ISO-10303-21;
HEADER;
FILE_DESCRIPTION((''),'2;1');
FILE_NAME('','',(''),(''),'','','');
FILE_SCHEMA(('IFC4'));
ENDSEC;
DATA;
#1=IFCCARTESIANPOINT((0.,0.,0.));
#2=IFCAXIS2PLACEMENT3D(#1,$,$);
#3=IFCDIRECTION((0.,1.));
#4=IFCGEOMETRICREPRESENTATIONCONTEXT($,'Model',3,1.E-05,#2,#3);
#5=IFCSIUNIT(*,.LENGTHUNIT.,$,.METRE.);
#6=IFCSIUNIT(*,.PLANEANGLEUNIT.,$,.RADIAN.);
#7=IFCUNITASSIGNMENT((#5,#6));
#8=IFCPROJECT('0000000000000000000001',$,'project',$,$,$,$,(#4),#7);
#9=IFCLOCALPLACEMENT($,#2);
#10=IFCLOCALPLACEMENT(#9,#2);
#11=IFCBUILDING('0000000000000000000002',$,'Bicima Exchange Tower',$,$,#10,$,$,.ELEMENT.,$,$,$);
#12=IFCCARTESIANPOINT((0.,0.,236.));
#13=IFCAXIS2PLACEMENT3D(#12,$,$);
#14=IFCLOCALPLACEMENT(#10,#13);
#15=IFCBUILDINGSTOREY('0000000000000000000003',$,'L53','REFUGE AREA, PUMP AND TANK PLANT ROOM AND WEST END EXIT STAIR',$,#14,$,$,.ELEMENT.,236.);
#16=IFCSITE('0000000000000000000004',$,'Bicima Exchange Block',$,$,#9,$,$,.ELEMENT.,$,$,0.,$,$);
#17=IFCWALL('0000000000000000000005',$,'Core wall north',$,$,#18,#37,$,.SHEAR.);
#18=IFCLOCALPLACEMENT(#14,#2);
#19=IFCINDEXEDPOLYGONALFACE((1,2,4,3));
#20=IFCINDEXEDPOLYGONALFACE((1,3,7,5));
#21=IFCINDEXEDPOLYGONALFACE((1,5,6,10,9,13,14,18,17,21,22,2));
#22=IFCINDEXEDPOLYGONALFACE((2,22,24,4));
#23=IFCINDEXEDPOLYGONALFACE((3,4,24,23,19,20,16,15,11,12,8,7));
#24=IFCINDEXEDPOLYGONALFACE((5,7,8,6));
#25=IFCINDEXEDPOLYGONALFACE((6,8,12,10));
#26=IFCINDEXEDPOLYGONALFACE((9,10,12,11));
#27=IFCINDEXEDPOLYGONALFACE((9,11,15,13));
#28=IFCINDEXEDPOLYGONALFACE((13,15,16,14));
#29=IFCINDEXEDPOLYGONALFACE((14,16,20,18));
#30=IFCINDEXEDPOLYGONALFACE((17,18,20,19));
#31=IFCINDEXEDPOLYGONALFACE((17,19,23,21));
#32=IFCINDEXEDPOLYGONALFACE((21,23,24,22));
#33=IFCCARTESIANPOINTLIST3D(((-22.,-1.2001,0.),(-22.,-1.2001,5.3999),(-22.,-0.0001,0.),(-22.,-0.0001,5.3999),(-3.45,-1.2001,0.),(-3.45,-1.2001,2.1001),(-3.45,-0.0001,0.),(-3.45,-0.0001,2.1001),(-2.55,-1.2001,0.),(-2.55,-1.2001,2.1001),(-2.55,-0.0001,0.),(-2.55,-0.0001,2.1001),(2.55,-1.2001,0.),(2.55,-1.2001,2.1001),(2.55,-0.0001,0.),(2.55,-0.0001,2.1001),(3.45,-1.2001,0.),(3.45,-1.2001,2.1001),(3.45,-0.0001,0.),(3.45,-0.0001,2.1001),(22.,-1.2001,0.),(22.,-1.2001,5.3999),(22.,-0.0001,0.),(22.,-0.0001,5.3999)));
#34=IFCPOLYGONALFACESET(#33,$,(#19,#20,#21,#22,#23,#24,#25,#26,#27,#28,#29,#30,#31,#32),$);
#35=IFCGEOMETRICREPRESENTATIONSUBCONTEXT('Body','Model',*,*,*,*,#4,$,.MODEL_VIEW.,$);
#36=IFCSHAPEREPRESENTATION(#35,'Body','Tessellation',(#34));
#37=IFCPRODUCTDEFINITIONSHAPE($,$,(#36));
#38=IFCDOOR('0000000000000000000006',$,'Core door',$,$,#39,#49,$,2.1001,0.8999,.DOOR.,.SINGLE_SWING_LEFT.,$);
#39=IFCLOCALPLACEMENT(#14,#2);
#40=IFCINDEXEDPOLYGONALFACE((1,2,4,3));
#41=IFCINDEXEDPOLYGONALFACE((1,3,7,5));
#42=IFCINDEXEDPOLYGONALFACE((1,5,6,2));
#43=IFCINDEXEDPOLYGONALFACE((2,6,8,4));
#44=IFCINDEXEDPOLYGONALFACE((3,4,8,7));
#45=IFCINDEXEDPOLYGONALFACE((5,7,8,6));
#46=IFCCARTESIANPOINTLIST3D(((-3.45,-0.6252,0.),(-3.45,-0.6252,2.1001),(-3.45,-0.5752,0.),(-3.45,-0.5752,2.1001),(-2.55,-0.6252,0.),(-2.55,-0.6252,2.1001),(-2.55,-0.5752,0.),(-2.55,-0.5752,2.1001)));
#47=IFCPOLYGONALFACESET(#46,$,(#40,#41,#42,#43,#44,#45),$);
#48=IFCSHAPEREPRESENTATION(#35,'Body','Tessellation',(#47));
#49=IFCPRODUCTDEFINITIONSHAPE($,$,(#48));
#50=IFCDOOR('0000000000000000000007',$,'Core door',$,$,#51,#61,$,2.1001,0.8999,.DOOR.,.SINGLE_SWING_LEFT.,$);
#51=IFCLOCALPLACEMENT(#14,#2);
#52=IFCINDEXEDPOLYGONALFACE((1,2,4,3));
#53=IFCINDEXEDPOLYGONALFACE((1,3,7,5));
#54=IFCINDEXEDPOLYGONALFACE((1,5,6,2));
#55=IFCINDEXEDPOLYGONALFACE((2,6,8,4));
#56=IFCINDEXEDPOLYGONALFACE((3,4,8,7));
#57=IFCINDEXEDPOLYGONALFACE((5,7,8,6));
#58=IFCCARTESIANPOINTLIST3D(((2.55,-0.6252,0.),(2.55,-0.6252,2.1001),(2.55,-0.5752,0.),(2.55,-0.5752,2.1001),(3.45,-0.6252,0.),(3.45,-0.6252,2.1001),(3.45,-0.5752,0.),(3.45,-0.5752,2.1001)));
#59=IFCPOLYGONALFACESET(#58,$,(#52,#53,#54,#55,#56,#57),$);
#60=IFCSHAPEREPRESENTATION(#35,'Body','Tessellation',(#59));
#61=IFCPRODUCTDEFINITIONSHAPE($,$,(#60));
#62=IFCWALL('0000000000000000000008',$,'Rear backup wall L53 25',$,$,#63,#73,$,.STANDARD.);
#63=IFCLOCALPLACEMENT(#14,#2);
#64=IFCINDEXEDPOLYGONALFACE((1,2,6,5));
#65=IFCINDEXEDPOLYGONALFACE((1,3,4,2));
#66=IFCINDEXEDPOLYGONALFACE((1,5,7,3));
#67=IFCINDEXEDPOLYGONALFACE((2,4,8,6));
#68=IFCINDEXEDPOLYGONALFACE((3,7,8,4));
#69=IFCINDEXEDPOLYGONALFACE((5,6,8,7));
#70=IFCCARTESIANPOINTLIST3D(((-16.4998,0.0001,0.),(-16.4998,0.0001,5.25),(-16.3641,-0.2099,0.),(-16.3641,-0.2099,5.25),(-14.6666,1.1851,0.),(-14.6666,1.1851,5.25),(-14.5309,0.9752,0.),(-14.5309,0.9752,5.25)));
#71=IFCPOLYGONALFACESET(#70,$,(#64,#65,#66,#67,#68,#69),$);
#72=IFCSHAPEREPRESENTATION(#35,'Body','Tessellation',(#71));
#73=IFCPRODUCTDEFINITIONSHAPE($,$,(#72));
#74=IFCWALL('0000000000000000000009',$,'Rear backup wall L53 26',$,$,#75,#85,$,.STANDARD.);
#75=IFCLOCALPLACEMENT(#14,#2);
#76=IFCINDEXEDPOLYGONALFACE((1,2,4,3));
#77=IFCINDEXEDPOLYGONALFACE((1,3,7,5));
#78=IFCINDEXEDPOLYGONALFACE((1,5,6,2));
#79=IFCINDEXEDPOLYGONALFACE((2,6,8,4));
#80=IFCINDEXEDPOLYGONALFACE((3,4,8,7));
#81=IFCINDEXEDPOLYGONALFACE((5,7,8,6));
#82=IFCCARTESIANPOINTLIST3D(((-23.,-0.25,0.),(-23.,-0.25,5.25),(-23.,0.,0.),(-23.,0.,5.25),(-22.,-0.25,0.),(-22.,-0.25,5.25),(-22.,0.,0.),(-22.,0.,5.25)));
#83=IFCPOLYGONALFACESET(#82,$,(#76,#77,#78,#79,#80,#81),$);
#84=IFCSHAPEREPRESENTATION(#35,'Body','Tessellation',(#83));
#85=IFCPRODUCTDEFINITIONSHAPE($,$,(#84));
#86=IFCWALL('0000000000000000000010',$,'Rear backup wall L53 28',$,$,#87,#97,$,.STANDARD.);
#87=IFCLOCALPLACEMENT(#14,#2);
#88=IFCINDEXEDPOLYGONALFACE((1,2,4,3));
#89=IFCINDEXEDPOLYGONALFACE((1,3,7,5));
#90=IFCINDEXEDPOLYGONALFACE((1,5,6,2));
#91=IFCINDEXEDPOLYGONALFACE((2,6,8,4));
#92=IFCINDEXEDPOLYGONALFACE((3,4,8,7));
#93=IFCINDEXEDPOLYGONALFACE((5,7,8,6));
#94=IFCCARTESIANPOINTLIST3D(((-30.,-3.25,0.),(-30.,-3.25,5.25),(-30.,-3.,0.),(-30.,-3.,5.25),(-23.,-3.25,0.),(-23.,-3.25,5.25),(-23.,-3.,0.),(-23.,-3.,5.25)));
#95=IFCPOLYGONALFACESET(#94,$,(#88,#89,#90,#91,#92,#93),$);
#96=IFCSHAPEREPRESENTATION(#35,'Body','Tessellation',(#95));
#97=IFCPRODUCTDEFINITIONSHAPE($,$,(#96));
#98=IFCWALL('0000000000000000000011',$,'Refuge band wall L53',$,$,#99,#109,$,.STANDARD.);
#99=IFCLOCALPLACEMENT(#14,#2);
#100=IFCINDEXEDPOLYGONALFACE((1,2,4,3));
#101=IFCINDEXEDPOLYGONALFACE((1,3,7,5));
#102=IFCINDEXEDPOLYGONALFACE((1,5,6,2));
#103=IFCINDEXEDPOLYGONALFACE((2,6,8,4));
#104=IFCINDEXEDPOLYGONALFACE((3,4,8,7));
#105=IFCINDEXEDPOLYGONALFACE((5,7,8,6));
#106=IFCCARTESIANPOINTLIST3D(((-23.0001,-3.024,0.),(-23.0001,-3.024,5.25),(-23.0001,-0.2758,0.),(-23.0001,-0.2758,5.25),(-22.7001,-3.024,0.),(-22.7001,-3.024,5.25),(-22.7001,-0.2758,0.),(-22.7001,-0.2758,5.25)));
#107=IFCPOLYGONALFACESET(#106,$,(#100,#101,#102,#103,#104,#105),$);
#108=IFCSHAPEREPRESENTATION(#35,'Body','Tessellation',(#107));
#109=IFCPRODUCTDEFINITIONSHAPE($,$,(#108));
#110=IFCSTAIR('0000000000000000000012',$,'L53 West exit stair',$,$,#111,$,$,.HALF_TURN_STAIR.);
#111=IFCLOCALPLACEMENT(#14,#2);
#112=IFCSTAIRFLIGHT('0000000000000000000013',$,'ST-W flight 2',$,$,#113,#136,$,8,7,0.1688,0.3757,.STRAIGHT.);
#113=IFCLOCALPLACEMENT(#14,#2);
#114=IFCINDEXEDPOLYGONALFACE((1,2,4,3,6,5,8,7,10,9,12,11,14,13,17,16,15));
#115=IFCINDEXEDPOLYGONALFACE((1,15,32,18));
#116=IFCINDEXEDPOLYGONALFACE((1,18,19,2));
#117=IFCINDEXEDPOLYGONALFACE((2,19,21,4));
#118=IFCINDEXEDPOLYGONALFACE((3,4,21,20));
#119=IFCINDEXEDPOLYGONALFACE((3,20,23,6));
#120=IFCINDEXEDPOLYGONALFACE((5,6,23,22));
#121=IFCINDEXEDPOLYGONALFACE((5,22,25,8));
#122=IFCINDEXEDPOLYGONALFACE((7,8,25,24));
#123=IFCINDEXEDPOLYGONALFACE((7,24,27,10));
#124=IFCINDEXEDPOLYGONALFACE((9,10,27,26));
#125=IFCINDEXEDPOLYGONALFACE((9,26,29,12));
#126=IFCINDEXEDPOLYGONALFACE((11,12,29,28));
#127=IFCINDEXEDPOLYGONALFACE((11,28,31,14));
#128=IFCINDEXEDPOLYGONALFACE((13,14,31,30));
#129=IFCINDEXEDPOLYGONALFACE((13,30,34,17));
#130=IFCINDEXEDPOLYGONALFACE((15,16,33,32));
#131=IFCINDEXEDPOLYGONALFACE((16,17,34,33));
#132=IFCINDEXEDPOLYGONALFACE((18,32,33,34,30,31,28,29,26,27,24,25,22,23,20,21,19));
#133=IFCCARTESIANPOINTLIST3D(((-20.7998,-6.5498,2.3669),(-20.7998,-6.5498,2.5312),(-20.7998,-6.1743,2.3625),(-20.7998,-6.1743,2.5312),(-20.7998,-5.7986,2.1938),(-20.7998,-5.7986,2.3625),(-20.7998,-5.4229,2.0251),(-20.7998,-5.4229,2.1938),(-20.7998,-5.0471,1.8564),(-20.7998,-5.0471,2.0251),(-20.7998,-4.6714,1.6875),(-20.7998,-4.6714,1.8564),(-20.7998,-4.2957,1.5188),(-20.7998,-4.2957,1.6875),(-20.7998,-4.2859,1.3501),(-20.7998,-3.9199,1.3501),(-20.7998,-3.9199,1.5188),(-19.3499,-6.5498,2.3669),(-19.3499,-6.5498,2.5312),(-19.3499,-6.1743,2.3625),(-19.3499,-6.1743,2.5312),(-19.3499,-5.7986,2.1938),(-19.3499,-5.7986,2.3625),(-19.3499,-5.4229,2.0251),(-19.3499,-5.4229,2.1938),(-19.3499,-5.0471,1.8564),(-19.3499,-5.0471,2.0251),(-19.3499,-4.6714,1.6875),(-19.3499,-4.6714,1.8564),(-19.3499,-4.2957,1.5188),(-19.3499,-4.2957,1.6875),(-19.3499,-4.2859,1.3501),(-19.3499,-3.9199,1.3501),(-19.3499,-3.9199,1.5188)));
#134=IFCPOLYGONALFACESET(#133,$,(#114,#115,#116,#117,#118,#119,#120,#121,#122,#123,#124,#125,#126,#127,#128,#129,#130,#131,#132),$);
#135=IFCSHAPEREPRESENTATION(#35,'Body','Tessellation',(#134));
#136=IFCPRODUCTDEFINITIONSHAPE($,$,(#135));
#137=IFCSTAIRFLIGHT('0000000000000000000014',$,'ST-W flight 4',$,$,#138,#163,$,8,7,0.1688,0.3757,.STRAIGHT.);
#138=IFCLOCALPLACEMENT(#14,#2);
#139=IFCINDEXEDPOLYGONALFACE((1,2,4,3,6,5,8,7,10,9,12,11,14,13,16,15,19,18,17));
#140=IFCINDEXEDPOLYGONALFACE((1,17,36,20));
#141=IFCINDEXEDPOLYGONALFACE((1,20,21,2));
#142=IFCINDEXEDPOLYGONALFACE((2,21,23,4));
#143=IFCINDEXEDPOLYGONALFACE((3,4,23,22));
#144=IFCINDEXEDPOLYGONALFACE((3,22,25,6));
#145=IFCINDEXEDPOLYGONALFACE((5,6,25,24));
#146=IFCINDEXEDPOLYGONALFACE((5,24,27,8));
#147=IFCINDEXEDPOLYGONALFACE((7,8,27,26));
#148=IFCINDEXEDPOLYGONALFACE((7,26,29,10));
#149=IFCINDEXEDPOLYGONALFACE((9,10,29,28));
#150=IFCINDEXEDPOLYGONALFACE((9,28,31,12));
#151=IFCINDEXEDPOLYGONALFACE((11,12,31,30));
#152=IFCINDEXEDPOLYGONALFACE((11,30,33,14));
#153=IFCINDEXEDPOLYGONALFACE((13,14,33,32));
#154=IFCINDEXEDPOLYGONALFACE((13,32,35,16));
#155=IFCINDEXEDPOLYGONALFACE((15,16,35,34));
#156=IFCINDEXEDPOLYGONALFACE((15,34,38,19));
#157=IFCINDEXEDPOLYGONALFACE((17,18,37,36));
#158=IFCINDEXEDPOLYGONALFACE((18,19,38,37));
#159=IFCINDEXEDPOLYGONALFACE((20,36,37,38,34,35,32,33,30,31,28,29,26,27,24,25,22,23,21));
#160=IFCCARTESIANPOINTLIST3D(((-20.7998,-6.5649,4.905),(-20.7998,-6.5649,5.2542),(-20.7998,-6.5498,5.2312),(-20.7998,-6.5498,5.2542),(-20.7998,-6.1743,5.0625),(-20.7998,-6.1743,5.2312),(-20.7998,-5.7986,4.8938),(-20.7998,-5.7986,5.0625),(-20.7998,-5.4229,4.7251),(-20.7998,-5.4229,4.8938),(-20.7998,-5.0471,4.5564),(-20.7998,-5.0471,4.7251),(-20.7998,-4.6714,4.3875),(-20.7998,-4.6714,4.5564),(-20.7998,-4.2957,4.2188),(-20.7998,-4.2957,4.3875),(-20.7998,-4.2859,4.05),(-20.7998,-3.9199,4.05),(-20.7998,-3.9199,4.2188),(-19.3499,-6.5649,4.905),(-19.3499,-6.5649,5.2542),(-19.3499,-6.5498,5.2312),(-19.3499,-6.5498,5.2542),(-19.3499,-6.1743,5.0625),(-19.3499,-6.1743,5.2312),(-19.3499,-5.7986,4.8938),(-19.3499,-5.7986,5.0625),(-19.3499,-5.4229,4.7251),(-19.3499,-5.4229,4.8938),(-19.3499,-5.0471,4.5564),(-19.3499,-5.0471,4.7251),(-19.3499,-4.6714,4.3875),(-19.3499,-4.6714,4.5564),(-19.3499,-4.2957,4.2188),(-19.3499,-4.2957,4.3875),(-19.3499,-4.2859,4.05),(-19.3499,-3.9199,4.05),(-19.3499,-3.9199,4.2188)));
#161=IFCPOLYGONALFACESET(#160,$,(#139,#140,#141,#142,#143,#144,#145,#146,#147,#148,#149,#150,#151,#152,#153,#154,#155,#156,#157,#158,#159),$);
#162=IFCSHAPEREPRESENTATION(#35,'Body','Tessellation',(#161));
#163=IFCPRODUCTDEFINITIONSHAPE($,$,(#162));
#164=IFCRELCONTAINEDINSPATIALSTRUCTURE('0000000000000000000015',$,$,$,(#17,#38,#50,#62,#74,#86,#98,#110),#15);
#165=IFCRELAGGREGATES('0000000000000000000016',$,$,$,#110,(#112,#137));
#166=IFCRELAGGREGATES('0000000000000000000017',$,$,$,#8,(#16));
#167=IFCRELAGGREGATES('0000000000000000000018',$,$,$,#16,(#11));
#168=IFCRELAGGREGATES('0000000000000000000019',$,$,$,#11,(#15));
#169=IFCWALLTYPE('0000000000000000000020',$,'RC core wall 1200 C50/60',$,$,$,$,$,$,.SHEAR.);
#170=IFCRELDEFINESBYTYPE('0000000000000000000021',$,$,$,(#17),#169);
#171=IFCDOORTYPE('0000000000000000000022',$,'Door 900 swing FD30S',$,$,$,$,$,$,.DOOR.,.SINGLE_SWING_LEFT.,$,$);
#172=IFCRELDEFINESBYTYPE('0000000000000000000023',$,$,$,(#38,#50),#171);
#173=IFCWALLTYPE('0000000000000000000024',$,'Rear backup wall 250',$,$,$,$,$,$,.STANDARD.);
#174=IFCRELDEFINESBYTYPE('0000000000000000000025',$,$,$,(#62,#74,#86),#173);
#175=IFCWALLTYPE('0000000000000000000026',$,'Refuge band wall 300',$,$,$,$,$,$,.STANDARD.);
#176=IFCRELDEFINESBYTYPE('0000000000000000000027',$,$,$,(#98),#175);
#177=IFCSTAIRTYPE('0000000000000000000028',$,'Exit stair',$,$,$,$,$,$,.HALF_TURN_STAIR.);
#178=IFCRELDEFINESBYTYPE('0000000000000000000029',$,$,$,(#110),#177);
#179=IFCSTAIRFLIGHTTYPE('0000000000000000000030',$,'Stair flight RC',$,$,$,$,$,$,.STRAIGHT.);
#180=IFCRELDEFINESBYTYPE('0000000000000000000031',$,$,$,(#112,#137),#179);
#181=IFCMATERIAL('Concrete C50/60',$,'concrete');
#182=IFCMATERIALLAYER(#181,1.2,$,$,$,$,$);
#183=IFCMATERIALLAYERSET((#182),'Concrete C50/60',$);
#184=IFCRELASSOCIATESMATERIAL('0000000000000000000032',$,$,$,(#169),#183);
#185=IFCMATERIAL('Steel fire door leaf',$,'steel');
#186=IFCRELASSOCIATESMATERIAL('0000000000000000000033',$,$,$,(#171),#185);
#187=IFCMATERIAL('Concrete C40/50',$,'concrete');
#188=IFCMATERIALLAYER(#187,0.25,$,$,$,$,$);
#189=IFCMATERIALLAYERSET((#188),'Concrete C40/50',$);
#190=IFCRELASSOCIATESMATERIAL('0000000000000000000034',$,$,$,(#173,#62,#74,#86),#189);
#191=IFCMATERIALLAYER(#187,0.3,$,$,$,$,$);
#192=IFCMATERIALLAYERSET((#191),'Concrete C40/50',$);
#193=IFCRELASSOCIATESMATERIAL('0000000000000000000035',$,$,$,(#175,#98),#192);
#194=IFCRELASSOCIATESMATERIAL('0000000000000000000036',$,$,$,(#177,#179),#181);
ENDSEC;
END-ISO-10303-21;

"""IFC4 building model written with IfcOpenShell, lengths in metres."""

from ifc_helpers import new_model, si_unit, direction, frame, frame_2d, origin, place, context, subcontext, project, spatial, polyline, rectangle, outline, extrude, material, layer, layer_set, layer_usage, type_object, element, fill, aggregate, save


model = new_model("IFC4")

# Units and contexts
model_context = context("Model", 3, precision=1e-05, world=origin(), true_north=direction((0.0, 1.0)))
body_context = subcontext(model_context, "Body", "Model", "MODEL_VIEW")
ifc_project = project(units=[si_unit("LENGTHUNIT", "METRE"), si_unit("PLANEANGLEUNIT", "RADIAN")], contexts=[model_context])

# Site, building, storey
site_placement = place(None, origin())
site = spatial("IfcSite", under=ifc_project, at=site_placement, Name="Bicima Exchange Block", CompositionType="ELEMENT", RefElevation=0.0)
building_placement = place(site_placement, origin())
building = spatial("IfcBuilding", under=site, at=building_placement, Name="Bicima Exchange Tower", CompositionType="ELEMENT")
storey_placement = place(building_placement, frame((0.0, 0.0, 236.0)))
storey = spatial("IfcBuildingStorey", under=building, at=storey_placement, Name="L53", Description="REFUGE AREA, PUMP AND TANK PLANT ROOM AND WEST END EXIT STAIR", CompositionType="ELEMENT", Elevation=236.0)

# Wall, openings, doors
ifc_material_1 = material(Name="Concrete C50/60", Category="concrete")
ifc_layer_1 = layer(ifc_material_1, 1.2)
ifc_layer_set_1 = layer_set([ifc_layer_1], Name="Concrete C50/60")
wall_type_1 = type_object("IfcWallType", Name="RC core wall 1200 C50/60", PredefinedType="SHEAR", material=ifc_layer_set_1)
wall_1_placement = place(storey_placement, frame((-22.0, -0.6001, 0.0), z_axis=(0.0, 0.0, 1.0), x_axis=(1.0, 0.0, 0.0)))
wall_1 = element("IfcWall", 1, at=wall_1_placement, inside=storey, type_object=wall_type_1, Name="Core wall north", PredefinedType="SHEAR", context=body_context, shape_type="SweptSolid", body=[
    extrude(rectangle(XDim=44.0, YDim=1.2, at=frame_2d((22.0, 0.0))), origin(), (0.0, 0.0, 1.0), 5.3999),
])
opening_1_placement = place(wall_1_placement, frame((18.55, 0.0, 0.0)))
opening_1 = element("IfcOpeningElement", 2, at=opening_1_placement, cuts=wall_1, PredefinedType="OPENING", context=body_context, shape_type="SweptSolid", body=[
    extrude(rectangle(XDim=0.8999, YDim=2.1001, at=frame_2d((0.45, 1.05))), frame((0.0, 0.6118, 0.0), z_axis=(0.0, -1.0, 0.0), x_axis=(1.0, 0.0, 0.0)), (0.0, 0.0, 1.0), 1.2239),
])
opening_2_placement = place(wall_1_placement, frame((24.55, 0.0, 0.0)))
opening_2 = element("IfcOpeningElement", 3, at=opening_2_placement, cuts=wall_1, PredefinedType="OPENING", context=body_context, shape_type="SweptSolid", body=[
    extrude(rectangle(XDim=0.8999, YDim=2.1001, at=frame_2d((0.45, 1.05))), frame((0.0, 0.6118, 0.0), z_axis=(0.0, -1.0, 0.0), x_axis=(1.0, 0.0, 0.0)), (0.0, 0.0, 1.0), 1.2239),
])
ifc_material_2 = material(Name="Steel fire door leaf", Category="steel")
door_type = type_object("IfcDoorType", Name="Door 900 swing FD30S", OperationType="SINGLE_SWING_LEFT", PredefinedType="DOOR", material=ifc_material_2)
door_1_placement = place(opening_1_placement, origin())
door_1 = element("IfcDoor", 4, at=door_1_placement, inside=storey, type_object=door_type, Name="Core door", OperationType="SINGLE_SWING_LEFT", OverallHeight=2.1001, OverallWidth=0.8999, PredefinedType="DOOR", context=body_context, shape_type="SweptSolid", body=[
    extrude(rectangle(XDim=0.8999, YDim=2.1001, at=frame_2d((0.45, 1.05))), frame((0.0, 0.0249, 0.0), z_axis=(0.0, -1.0, 0.0), x_axis=(1.0, 0.0, 0.0)), (0.0, 0.0, 1.0), 0.05),
])
fill(opening_1, door_1)
door_2_placement = place(opening_2_placement, origin())
door_2 = element("IfcDoor", 5, at=door_2_placement, inside=storey, type_object=door_type, Name="Core door", OperationType="SINGLE_SWING_LEFT", OverallHeight=2.1001, OverallWidth=0.8999, PredefinedType="DOOR", context=body_context, shape_type="SweptSolid", body=[
    extrude(rectangle(XDim=0.8999, YDim=2.1001, at=frame_2d((0.45, 1.05))), frame((0.0, 0.0249, 0.0), z_axis=(0.0, -1.0, 0.0), x_axis=(1.0, 0.0, 0.0)), (0.0, 0.0, 1.0), 0.05),
])
fill(opening_2, door_2)

# Walls
ifc_material_3 = material(Name="Concrete C40/50", Category="concrete")
ifc_layer_2 = layer(ifc_material_3, 0.25)
ifc_layer_set_2 = layer_set([ifc_layer_2], Name="Concrete C40/50")
ifc_layer_usage_1 = layer_usage(ifc_layer_set_2, "AXIS2", "POSITIVE", -0.125)
wall_type_2 = type_object("IfcWallType", Name="Rear backup wall 250", PredefinedType="STANDARD", material=ifc_layer_set_2)
wall_2_placement = place(storey_placement, frame((-14.5989, 1.0801, 0.0), z_axis=(0.0, 0.0, 1.0), x_axis=(-0.839813, -0.542876, 0.0)))
element("IfcWall", 6, at=wall_2_placement, inside=storey, type_object=wall_type_2, material=ifc_layer_usage_1, Name="Rear backup wall L53 25", PredefinedType="STANDARD", context=body_context, shape_type="SweptSolid", body=[
    extrude(rectangle(XDim=2.1829, YDim=0.25, at=frame_2d((1.0913, 0.0))), origin(), (0.0, 0.0, 1.0), 5.25),
])
wall_3_placement = place(storey_placement, frame((-22.0, -0.125, 0.0), z_axis=(0.0, 0.0, 1.0), x_axis=(-1.0, 0.0, 0.0)))
element("IfcWall", 7, at=wall_3_placement, inside=storey, type_object=wall_type_2, material=ifc_layer_usage_1, Name="Rear backup wall L53 26", PredefinedType="STANDARD", context=body_context, shape_type="SweptSolid", body=[
    extrude(rectangle(XDim=1.0, YDim=0.25, at=frame_2d((0.5, 0.0))), origin(), (0.0, 0.0, 1.0), 5.25),
])
wall_4_placement = place(storey_placement, frame((-23.0, -3.125, 0.0), z_axis=(0.0, 0.0, 1.0), x_axis=(-1.0, 0.0, 0.0)))
element("IfcWall", 8, at=wall_4_placement, inside=storey, type_object=wall_type_2, material=ifc_layer_usage_1, Name="Rear backup wall L53 28", PredefinedType="STANDARD", context=body_context, shape_type="SweptSolid", body=[
    extrude(rectangle(XDim=7.0, YDim=0.25, at=frame_2d((3.5, 0.0))), origin(), (0.0, 0.0, 1.0), 5.25),
])
ifc_layer_3 = layer(ifc_material_3, 0.3)
ifc_layer_set_3 = layer_set([ifc_layer_3], Name="Concrete C40/50")
ifc_layer_usage_2 = layer_usage(ifc_layer_set_3, "AXIS2", "POSITIVE", -0.15)
wall_type_3 = type_object("IfcWallType", Name="Refuge band wall 300", PredefinedType="STANDARD", material=ifc_layer_set_3)
wall_5_placement = place(storey_placement, frame((-22.8501, -0.2759, 0.0), z_axis=(0.0, 0.0, 1.0), x_axis=(0.0, -1.0, 0.0)))
element("IfcWall", 9, at=wall_5_placement, inside=storey, type_object=wall_type_3, material=ifc_layer_usage_2, Name="Refuge band wall L53", PredefinedType="STANDARD", context=body_context, shape_type="SweptSolid", body=[
    extrude(rectangle(XDim=2.7483, YDim=0.3, at=frame_2d((1.374, 0.0))), origin(), (0.0, 0.0, 1.0), 5.25),
])

# Stair, stair flights
stair_type = type_object("IfcStairType", Name="Exit stair", PredefinedType="HALF_TURN_STAIR", material=ifc_material_1)
stair_placement = place(storey_placement, origin())
stair = element("IfcStair", 10, at=stair_placement, inside=storey, type_object=stair_type, Name="L53 West exit stair", PredefinedType="HALF_TURN_STAIR")
stair_flight_type = type_object("IfcStairFlightType", Name="Stair flight RC", PredefinedType="STRAIGHT", material=ifc_material_1)
stair_flight_1_placement = place(storey_placement, frame((-20.075, -3.9199, 1.3501), z_axis=(0.0, 0.0, 1.0), x_axis=(0.0, -1.0, 0.0)))
stair_flight_1 = element("IfcStairFlight", 11, at=stair_flight_1_placement, type_object=stair_flight_type, Name="ST-W flight 2", NumberOfRisers=8, NumberOfTreads=7, PredefinedType="STRAIGHT", RiserHeight=0.1688, TreadLength=0.3757, context=body_context, shape_type="SweptSolid", body=[
    extrude(outline(polyline([(0.0, 0.0), (0.0, 0.1687), (0.3757, 0.1687), (0.3757, 0.3374), (0.7515, 0.3374), (0.7515, 0.5063), (1.1272, 0.5063), (1.1272, 0.675), (1.5029, 0.675), (1.5029, 0.8438), (1.8787, 0.8438), (1.8787, 1.0125), (2.2544, 1.0125), (2.2544, 1.1812), (2.6299, 1.1812), (2.6299, 1.3501), (2.6299, 1.0168), (0.366, 0.0), (0.0, 0.0)])), frame((0.0, 0.7251, 0.0), z_axis=(0.0, -1.0, 0.0), x_axis=(1.0, 0.0, 0.0)), (0.0, 0.0, 1.0), 1.45),
])
stair_flight_2_placement = place(storey_placement, frame((-20.075, -3.9199, 4.05), z_axis=(0.0, 0.0, 1.0), x_axis=(0.0, -1.0, 0.0)))
stair_flight_2 = element("IfcStairFlight", 12, at=stair_flight_2_placement, type_object=stair_flight_type, Name="ST-W flight 4", NumberOfRisers=8, NumberOfTreads=7, PredefinedType="STRAIGHT", RiserHeight=0.1688, TreadLength=0.3757, context=body_context, shape_type="SweptSolid", body=[
    extrude(outline(polyline([(0.0, 0.0), (0.0, 0.1687), (0.3757, 0.1687), (0.3757, 0.3374), (0.7515, 0.3374), (0.7515, 0.5063), (1.1272, 0.5063), (1.1272, 0.675), (1.5029, 0.675), (1.5029, 0.8438), (1.8787, 0.8438), (1.8787, 1.0125), (2.2544, 1.0125), (2.2544, 1.1812), (2.6299, 1.1812), (2.6299, 1.2041), (2.645, 1.2041), (2.645, 0.855), (0.366, 0.0), (0.0, 0.0)])), frame((0.0, 0.7251, 0.0), z_axis=(0.0, -1.0, 0.0), x_axis=(1.0, 0.0, 0.0)), (0.0, 0.0, 1.0), 1.45),
])
aggregate(stair, [stair_flight_1, stair_flight_2])

save(model, "model.ifc")
